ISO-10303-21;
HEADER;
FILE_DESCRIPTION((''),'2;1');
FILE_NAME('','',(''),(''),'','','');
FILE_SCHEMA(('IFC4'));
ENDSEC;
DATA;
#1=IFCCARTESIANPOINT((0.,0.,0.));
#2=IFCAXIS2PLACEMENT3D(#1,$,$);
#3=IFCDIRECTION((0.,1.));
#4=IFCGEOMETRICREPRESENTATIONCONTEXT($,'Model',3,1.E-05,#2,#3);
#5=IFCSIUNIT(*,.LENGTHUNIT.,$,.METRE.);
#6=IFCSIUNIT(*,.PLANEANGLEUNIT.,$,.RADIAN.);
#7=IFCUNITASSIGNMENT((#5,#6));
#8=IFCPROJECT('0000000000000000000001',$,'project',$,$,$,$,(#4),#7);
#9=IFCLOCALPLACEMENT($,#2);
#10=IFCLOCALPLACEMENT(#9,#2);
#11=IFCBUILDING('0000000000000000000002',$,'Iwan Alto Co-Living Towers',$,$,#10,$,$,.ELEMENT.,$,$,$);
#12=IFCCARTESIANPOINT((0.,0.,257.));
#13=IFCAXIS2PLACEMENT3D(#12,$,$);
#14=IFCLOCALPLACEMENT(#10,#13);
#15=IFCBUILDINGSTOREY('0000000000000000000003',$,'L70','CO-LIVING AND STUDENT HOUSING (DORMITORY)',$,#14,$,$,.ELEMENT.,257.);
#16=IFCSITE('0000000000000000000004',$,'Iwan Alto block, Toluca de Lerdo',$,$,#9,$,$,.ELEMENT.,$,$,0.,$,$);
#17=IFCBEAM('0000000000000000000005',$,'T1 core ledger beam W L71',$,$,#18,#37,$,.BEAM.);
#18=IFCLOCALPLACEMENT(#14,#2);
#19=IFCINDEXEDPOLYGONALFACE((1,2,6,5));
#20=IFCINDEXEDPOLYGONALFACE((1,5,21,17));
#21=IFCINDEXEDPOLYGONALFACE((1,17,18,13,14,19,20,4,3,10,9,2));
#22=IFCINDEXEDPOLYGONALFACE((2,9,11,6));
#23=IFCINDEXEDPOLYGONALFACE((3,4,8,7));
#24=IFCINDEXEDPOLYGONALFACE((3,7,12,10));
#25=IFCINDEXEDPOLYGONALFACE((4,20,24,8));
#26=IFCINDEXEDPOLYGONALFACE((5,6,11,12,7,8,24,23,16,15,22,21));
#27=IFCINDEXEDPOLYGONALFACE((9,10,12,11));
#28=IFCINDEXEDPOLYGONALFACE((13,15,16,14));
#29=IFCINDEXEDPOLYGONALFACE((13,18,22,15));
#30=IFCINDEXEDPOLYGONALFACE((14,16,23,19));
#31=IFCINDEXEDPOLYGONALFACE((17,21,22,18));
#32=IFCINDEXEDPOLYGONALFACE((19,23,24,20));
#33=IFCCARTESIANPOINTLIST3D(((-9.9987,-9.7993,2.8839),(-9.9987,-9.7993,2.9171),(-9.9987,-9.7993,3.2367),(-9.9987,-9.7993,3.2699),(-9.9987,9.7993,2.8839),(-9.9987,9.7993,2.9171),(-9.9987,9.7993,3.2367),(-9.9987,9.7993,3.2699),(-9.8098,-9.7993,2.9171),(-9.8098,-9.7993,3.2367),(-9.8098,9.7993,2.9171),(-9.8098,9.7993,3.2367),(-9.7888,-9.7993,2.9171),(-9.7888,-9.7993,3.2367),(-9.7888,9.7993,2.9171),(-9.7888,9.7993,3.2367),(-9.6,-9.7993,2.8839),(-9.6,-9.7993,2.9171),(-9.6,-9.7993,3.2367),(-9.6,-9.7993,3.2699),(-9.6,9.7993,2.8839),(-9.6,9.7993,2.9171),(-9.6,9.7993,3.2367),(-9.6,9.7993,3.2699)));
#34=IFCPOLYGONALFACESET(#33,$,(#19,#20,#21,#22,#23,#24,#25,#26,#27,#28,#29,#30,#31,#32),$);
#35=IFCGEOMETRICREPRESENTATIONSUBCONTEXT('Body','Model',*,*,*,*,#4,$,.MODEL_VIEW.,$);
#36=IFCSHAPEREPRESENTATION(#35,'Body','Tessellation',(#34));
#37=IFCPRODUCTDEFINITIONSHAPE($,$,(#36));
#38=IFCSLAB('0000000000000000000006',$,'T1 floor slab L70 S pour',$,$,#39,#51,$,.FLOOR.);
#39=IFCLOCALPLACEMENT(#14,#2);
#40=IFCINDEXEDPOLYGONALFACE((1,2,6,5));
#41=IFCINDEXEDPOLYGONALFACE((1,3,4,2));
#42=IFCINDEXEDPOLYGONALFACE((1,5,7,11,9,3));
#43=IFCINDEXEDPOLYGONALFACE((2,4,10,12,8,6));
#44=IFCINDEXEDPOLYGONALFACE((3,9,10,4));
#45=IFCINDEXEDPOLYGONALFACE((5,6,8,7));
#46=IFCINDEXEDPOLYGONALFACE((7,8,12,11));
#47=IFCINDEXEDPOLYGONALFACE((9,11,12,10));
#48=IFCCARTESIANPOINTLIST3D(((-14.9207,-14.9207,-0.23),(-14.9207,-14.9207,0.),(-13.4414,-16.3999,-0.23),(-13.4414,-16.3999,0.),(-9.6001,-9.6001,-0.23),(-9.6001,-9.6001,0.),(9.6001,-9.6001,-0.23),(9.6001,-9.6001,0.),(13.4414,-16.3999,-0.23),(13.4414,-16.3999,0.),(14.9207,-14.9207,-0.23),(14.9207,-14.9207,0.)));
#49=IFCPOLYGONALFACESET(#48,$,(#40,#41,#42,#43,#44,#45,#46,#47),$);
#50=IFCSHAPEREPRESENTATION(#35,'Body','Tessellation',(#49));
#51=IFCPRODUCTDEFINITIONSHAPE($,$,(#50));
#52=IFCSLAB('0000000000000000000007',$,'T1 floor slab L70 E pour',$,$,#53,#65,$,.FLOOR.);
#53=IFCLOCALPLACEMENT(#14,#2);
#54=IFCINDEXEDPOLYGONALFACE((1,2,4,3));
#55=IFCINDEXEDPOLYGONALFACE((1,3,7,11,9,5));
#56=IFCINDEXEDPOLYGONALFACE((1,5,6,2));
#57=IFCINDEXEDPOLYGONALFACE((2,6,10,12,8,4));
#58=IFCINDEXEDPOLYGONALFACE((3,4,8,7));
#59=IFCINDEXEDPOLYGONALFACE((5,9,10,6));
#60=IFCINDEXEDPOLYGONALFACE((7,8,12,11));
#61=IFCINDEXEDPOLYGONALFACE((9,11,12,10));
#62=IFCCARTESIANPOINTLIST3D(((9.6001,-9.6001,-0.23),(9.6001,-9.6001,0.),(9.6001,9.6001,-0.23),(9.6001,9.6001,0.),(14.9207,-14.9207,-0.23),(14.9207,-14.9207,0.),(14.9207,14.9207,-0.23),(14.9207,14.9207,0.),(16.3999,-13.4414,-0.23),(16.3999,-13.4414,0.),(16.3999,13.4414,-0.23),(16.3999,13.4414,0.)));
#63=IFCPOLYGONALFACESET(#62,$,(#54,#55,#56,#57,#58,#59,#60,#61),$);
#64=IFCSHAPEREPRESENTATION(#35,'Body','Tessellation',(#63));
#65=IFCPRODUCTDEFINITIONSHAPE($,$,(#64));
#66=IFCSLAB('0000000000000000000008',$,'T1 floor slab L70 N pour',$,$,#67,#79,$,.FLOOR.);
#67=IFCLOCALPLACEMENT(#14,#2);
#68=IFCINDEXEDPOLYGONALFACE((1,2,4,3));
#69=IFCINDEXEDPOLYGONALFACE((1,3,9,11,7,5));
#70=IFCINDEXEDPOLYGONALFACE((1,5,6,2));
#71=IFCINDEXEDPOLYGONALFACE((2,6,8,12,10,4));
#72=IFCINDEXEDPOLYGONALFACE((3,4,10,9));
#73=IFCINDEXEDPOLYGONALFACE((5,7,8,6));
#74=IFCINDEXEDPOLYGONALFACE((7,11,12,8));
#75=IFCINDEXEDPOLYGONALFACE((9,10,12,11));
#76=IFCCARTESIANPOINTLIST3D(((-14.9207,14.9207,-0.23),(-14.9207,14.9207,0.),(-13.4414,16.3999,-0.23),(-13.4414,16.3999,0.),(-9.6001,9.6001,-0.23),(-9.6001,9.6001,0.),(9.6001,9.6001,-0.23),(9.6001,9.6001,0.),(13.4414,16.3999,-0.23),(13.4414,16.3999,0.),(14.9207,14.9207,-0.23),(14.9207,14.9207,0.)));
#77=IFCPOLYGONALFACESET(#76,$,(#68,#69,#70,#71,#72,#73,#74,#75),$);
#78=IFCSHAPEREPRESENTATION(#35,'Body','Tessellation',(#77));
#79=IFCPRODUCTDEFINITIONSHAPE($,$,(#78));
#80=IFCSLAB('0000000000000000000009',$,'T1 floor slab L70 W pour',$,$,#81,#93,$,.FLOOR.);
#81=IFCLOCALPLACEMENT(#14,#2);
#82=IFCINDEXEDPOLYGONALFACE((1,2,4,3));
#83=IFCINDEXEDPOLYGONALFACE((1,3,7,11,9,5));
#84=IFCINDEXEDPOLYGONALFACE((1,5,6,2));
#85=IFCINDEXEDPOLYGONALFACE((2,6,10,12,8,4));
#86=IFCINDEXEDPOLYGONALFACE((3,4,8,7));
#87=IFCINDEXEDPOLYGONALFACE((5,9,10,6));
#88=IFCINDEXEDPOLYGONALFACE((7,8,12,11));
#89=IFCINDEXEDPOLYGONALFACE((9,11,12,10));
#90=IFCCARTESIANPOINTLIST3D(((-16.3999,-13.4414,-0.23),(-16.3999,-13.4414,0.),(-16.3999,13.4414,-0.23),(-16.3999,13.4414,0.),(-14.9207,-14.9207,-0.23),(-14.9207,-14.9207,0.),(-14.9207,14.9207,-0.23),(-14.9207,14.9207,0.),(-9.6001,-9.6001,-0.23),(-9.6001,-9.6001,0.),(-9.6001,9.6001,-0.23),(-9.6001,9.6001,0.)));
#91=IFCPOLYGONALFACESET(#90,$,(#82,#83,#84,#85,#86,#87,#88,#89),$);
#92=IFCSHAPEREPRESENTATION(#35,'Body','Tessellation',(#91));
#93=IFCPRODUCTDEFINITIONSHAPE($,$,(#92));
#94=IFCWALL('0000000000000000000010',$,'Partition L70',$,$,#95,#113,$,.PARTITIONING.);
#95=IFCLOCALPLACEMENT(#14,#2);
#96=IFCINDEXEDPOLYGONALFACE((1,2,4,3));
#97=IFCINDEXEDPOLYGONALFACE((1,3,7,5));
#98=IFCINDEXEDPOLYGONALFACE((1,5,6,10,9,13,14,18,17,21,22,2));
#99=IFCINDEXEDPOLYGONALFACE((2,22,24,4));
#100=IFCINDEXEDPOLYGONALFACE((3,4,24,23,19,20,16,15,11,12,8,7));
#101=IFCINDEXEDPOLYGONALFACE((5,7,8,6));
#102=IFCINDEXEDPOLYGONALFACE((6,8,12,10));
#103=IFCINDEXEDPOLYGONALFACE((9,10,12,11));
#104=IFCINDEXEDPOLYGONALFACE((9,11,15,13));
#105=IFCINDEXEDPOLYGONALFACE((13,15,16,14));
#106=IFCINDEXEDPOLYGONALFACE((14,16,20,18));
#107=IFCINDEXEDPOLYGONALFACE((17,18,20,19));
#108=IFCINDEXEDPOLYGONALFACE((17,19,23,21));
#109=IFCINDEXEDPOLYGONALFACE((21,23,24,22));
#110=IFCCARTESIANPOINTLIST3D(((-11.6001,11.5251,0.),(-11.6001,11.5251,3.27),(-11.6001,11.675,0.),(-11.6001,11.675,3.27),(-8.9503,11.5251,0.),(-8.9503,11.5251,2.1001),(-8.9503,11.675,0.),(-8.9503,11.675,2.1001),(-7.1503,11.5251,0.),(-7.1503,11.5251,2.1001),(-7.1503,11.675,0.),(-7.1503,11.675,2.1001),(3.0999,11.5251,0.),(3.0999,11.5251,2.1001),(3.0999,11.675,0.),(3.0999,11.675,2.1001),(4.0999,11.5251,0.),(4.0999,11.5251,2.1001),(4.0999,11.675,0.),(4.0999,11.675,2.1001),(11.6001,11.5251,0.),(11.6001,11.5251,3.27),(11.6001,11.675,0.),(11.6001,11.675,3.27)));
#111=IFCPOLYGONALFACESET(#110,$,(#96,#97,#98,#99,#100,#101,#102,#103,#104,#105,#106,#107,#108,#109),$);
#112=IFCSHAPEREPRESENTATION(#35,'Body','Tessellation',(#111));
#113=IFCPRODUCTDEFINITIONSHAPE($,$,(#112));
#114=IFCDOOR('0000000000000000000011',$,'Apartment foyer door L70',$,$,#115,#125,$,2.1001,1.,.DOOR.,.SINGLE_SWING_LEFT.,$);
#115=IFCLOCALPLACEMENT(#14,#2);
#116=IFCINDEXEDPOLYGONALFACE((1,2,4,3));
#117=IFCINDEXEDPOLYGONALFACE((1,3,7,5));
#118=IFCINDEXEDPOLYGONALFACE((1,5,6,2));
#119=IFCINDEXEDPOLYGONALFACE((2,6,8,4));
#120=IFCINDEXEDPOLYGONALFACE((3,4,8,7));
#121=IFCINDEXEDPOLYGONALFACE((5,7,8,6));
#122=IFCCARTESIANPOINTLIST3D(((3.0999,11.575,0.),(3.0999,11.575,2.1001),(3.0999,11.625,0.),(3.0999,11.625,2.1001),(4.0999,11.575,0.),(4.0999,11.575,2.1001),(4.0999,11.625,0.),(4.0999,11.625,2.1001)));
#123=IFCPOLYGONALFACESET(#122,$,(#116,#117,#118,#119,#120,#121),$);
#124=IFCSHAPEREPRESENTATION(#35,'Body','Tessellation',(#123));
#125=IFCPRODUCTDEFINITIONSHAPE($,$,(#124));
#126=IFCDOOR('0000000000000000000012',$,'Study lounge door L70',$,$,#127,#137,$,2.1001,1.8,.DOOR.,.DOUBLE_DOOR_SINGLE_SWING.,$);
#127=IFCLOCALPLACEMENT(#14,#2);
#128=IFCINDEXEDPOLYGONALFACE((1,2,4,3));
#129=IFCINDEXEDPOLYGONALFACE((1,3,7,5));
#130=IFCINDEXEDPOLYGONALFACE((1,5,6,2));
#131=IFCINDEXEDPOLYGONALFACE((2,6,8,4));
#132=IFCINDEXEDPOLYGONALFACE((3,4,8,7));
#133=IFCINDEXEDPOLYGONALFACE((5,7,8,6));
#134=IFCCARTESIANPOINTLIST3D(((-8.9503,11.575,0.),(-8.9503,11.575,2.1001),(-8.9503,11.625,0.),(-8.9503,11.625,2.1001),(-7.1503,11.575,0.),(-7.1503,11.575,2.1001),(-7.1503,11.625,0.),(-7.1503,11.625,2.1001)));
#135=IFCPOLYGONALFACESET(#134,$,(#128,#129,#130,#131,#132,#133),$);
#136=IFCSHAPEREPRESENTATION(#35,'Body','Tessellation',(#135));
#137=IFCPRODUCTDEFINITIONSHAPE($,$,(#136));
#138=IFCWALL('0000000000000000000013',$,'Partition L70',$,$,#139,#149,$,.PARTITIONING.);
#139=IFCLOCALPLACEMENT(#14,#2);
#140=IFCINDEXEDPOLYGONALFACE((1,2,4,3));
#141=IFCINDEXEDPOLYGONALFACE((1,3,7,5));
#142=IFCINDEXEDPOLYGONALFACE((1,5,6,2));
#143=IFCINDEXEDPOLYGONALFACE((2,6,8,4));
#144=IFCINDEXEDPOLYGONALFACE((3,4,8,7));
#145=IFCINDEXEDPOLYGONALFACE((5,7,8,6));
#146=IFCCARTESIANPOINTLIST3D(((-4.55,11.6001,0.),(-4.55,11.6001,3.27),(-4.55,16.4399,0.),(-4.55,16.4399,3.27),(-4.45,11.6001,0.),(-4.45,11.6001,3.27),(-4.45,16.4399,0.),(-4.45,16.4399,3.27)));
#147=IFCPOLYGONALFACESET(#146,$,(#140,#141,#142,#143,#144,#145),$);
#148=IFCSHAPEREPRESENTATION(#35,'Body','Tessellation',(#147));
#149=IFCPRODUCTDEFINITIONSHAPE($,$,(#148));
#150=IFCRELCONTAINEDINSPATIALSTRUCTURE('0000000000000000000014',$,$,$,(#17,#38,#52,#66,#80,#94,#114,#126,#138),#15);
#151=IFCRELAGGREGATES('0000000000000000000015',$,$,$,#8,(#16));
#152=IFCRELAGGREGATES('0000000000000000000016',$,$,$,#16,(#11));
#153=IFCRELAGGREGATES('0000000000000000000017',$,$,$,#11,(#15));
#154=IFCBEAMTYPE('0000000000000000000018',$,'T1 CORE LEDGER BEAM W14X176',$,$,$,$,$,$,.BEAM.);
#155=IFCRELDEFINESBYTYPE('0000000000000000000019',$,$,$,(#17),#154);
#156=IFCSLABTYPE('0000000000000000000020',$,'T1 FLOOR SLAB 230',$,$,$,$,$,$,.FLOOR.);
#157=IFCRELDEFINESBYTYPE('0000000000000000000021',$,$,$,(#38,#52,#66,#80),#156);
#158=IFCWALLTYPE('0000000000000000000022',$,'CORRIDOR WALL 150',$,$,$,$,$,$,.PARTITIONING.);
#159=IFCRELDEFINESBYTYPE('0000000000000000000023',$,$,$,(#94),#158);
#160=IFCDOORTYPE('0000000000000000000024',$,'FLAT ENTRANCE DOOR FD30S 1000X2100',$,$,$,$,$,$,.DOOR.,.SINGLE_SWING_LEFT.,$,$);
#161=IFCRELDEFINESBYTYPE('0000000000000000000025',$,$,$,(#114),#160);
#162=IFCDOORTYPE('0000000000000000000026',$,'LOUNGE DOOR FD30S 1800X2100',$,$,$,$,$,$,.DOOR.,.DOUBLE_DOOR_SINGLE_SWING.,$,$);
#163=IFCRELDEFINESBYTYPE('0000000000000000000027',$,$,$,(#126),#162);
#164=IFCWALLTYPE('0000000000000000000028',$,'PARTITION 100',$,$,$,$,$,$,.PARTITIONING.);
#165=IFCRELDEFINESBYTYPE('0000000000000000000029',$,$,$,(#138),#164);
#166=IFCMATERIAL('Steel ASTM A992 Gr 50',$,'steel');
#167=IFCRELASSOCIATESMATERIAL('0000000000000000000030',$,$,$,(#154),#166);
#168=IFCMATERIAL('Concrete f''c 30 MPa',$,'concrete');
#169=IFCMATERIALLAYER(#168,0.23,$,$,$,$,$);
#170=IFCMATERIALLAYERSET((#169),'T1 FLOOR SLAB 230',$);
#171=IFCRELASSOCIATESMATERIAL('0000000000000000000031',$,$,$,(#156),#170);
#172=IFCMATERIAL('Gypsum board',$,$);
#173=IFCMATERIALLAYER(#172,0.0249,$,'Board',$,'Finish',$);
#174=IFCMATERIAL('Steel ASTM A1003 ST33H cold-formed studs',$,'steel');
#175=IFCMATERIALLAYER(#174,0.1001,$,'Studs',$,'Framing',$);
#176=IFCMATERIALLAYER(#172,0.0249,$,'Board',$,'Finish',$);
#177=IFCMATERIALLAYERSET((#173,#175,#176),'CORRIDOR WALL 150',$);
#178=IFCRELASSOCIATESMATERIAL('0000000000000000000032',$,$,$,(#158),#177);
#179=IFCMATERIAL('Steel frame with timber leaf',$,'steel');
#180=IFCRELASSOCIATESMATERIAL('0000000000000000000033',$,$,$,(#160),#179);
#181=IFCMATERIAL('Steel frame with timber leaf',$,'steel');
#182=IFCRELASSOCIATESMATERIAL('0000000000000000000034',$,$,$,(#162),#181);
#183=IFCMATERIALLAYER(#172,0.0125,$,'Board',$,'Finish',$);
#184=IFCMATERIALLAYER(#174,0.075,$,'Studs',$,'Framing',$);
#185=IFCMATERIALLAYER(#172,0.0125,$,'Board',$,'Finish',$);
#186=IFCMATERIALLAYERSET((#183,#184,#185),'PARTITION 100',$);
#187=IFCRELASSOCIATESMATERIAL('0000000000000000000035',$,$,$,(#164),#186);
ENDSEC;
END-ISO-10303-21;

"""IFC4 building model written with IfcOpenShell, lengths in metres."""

from ifc_helpers import new_model, si_unit, direction, frame, frame_2d, origin, origin_2d, place, context, subcontext, project, spatial, polyline, rectangle, i_section, outline, extrude, material, layer, layer_set, material_profile, profile_set, type_object, element, fill, save


model = new_model("IFC4")

# Units and contexts
model_context = context("Model", 3, precision=1e-05, world=origin(), true_north=direction((0.0, 1.0)))
body_context = subcontext(model_context, "Body", "Model", "MODEL_VIEW")
ifc_project = project(units=[si_unit("LENGTHUNIT", "METRE"), si_unit("PLANEANGLEUNIT", "RADIAN")], contexts=[model_context])

# Site, building, storey
site_placement = place(None, origin())
site = spatial("IfcSite", under=ifc_project, at=site_placement, Name="Iwan Alto block, Toluca de Lerdo", CompositionType="ELEMENT", RefElevation=0.0)
building_placement = place(site_placement, origin())
building = spatial("IfcBuilding", under=site, at=building_placement, Name="Iwan Alto Co-Living Towers", CompositionType="ELEMENT")
storey_placement = place(building_placement, frame((0.0, 0.0, 257.0)))
storey = spatial("IfcBuildingStorey", under=building, at=storey_placement, Name="L70", Description="CO-LIVING AND STUDENT HOUSING (DORMITORY)", CompositionType="ELEMENT", Elevation=257.0)

# Beam
ifc_material_1 = material(Name="Steel ASTM A992 Gr 50", Category="steel")
ifc_material_profile = material_profile(ifc_material_1, i_section(OverallWidth=0.3987, OverallDepth=0.386, WebThickness=0.021, FlangeThickness=0.0332, at=origin_2d()), Name="W14X176")
ifc_profile_set = profile_set([ifc_material_profile], Name="Steel ASTM A992 Gr 50")
beam_type = type_object("IfcBeamType", Name="T1 CORE LEDGER BEAM W14X176", PredefinedType="BEAM", material=ifc_profile_set)
beam_placement = place(storey_placement, frame((-9.7993, 9.7993, 3.0769), z_axis=(0.0, -1.0, 0.0), x_axis=(1.0, 0.0, 0.0)))
element("IfcBeam", 1, at=beam_placement, inside=storey, type_object=beam_type, Name="T1 core ledger beam W L71", PredefinedType="BEAM", context=body_context, shape_type="SweptSolid", body=[
    extrude(i_section(OverallWidth=0.3987, OverallDepth=0.386, WebThickness=0.021, FlangeThickness=0.0332, at=origin_2d()), origin(), (0.0, 0.0, 1.0), 19.5986),
])

# Slabs
ifc_material_2 = material(Name="Concrete f'c 30 MPa", Category="concrete")
ifc_layer_1 = layer(ifc_material_2, 0.23)
ifc_layer_set_1 = layer_set([ifc_layer_1], Name="T1 FLOOR SLAB 230")
slab_type = type_object("IfcSlabType", Name="T1 FLOOR SLAB 230", PredefinedType="FLOOR", material=ifc_layer_set_1)
slab_1_placement = place(storey_placement, frame((0.0, 0.0, -0.23)))
element("IfcSlab", 2, at=slab_1_placement, inside=storey, type_object=slab_type, Name="T1 floor slab L70 S pour", PredefinedType="FLOOR", context=body_context, shape_type="SweptSolid", body=[
    extrude(outline(polyline([(13.4414, -16.3999), (-13.4414, -16.3999), (-14.9207, -14.9207), (-9.6001, -9.6001), (9.6001, -9.6001), (14.9207, -14.9207), (13.4414, -16.3999)])), origin(), (0.0, 0.0, 1.0), 0.23),
])
slab_2_placement = place(storey_placement, frame((0.0, 0.0, -0.23)))
element("IfcSlab", 3, at=slab_2_placement, inside=storey, type_object=slab_type, Name="T1 floor slab L70 E pour", PredefinedType="FLOOR", context=body_context, shape_type="SweptSolid", body=[
    extrude(outline(polyline([(16.3999, 13.4414), (16.3999, -13.4414), (14.9207, -14.9207), (9.6001, -9.6001), (9.6001, 9.6001), (14.9207, 14.9207), (16.3999, 13.4414)])), origin(), (0.0, 0.0, 1.0), 0.23),
])
slab_3_placement = place(storey_placement, frame((0.0, 0.0, -0.23)))
element("IfcSlab", 4, at=slab_3_placement, inside=storey, type_object=slab_type, Name="T1 floor slab L70 N pour", PredefinedType="FLOOR", context=body_context, shape_type="SweptSolid", body=[
    extrude(outline(polyline([(-13.4414, 16.3999), (13.4414, 16.3999), (14.9207, 14.9207), (9.6001, 9.6001), (-9.6001, 9.6001), (-14.9207, 14.9207), (-13.4414, 16.3999)])), origin(), (0.0, 0.0, 1.0), 0.23),
])
slab_4_placement = place(storey_placement, frame((0.0, 0.0, -0.23)))
element("IfcSlab", 5, at=slab_4_placement, inside=storey, type_object=slab_type, Name="T1 floor slab L70 W pour", PredefinedType="FLOOR", context=body_context, shape_type="SweptSolid", body=[
    extrude(outline(polyline([(-16.3999, 13.4414), (-14.9207, 14.9207), (-9.6001, 9.6001), (-9.6001, -9.6001), (-14.9207, -14.9207), (-16.3999, -13.4414), (-16.3999, 13.4414)])), origin(), (0.0, 0.0, 1.0), 0.23),
])

# Wall, openings, doors
ifc_material_3 = material(Name="Gypsum board")
ifc_layer_2 = layer(ifc_material_3, 0.0249, Name="Board", Category="Finish")
ifc_material_4 = material(Name="Steel ASTM A1003 ST33H cold-formed studs", Category="steel")
ifc_layer_3 = layer(ifc_material_4, 0.1001, Name="Studs", Category="Framing")
ifc_layer_4 = layer(ifc_material_3, 0.0249, Name="Board", Category="Finish")
ifc_layer_set_2 = layer_set([ifc_layer_2, ifc_layer_3, ifc_layer_4], Name="CORRIDOR WALL 150")
wall_type_1 = type_object("IfcWallType", Name="CORRIDOR WALL 150", PredefinedType="PARTITIONING", material=ifc_layer_set_2)
wall_1_placement = place(storey_placement, frame((-11.6001, 11.6001, 0.0), z_axis=(0.0, 0.0, 1.0), x_axis=(1.0, 0.0, 0.0)))
wall_1 = element("IfcWall", 6, at=wall_1_placement, inside=storey, type_object=wall_type_1, Name="Partition L70", PredefinedType="PARTITIONING", context=body_context, shape_type="SweptSolid", body=[
    extrude(rectangle(XDim=23.2002, YDim=0.1499, at=frame_2d((11.6001, 0.0))), origin(), (0.0, 0.0, 1.0), 3.27),
])
opening_1_placement = place(wall_1_placement, frame((14.7, 0.0, 0.0)))
opening_1 = element("IfcOpeningElement", 7, at=opening_1_placement, cuts=wall_1, PredefinedType="OPENING", context=body_context, shape_type="SweptSolid", body=[
    extrude(rectangle(XDim=1.0, YDim=2.1001, at=frame_2d((0.5, 1.05))), frame((0.0, 0.085, 0.0), z_axis=(0.0, -1.0, 0.0), x_axis=(1.0, 0.0, 0.0)), (0.0, 0.0, 1.0), 0.1699),
])
opening_2_placement = place(wall_1_placement, frame((2.6499, 0.0, 0.0)))
opening_2 = element("IfcOpeningElement", 8, at=opening_2_placement, cuts=wall_1, PredefinedType="OPENING", context=body_context, shape_type="SweptSolid", body=[
    extrude(rectangle(XDim=1.8, YDim=2.1001, at=frame_2d((0.8999, 1.05))), frame((0.0, 0.085, 0.0), z_axis=(0.0, -1.0, 0.0), x_axis=(1.0, 0.0, 0.0)), (0.0, 0.0, 1.0), 0.1699),
])
ifc_material_5 = material(Name="Steel frame with timber leaf", Category="steel")
door_type_1 = type_object("IfcDoorType", Name="FLAT ENTRANCE DOOR FD30S 1000X2100", OperationType="SINGLE_SWING_LEFT", PredefinedType="DOOR", material=ifc_material_5)
door_1_placement = place(opening_1_placement, origin())
door_1 = element("IfcDoor", 9, at=door_1_placement, inside=storey, type_object=door_type_1, Name="Apartment foyer door L70", OperationType="SINGLE_SWING_LEFT", OverallHeight=2.1001, OverallWidth=1.0, PredefinedType="DOOR", context=body_context, shape_type="SweptSolid", body=[
    extrude(rectangle(XDim=1.0, YDim=2.1001, at=frame_2d((0.5, 1.05))), frame((0.0, 0.0249, 0.0), z_axis=(0.0, -1.0, 0.0), x_axis=(1.0, 0.0, 0.0)), (0.0, 0.0, 1.0), 0.05),
])
fill(opening_1, door_1)
ifc_material_6 = material(Name="Steel frame with timber leaf", Category="steel")
door_type_2 = type_object("IfcDoorType", Name="LOUNGE DOOR FD30S 1800X2100", OperationType="DOUBLE_DOOR_SINGLE_SWING", PredefinedType="DOOR", material=ifc_material_6)
door_2_placement = place(opening_2_placement, origin())
door_2 = element("IfcDoor", 10, at=door_2_placement, inside=storey, type_object=door_type_2, Name="Study lounge door L70", OperationType="DOUBLE_DOOR_SINGLE_SWING", OverallHeight=2.1001, OverallWidth=1.8, PredefinedType="DOOR", context=body_context, shape_type="SweptSolid", body=[
    extrude(rectangle(XDim=1.8, YDim=2.1001, at=frame_2d((0.8999, 1.05))), frame((0.0, 0.0249, 0.0), z_axis=(0.0, -1.0, 0.0), x_axis=(1.0, 0.0, 0.0)), (0.0, 0.0, 1.0), 0.05),
])
fill(opening_2, door_2)

# Wall
ifc_layer_5 = layer(ifc_material_3, 0.0125, Name="Board", Category="Finish")
ifc_layer_6 = layer(ifc_material_4, 0.075, Name="Studs", Category="Framing")
ifc_layer_7 = layer(ifc_material_3, 0.0125, Name="Board", Category="Finish")
ifc_layer_set_3 = layer_set([ifc_layer_5, ifc_layer_6, ifc_layer_7], Name="PARTITION 100")
wall_type_2 = type_object("IfcWallType", Name="PARTITION 100", PredefinedType="PARTITIONING", material=ifc_layer_set_3)
wall_2_placement = place(storey_placement, frame((-4.5, 11.6001, 0.0), z_axis=(0.0, 0.0, 1.0), x_axis=(0.0, 1.0, 0.0)))
element("IfcWall", 11, at=wall_2_placement, inside=storey, type_object=wall_type_2, Name="Partition L70", PredefinedType="PARTITIONING", context=body_context, shape_type="SweptSolid", body=[
    extrude(rectangle(XDim=4.8398, YDim=0.1001, at=frame_2d((2.4199, 0.0))), origin(), (0.0, 0.0, 1.0), 3.27),
])

save(model, "model.ifc")
